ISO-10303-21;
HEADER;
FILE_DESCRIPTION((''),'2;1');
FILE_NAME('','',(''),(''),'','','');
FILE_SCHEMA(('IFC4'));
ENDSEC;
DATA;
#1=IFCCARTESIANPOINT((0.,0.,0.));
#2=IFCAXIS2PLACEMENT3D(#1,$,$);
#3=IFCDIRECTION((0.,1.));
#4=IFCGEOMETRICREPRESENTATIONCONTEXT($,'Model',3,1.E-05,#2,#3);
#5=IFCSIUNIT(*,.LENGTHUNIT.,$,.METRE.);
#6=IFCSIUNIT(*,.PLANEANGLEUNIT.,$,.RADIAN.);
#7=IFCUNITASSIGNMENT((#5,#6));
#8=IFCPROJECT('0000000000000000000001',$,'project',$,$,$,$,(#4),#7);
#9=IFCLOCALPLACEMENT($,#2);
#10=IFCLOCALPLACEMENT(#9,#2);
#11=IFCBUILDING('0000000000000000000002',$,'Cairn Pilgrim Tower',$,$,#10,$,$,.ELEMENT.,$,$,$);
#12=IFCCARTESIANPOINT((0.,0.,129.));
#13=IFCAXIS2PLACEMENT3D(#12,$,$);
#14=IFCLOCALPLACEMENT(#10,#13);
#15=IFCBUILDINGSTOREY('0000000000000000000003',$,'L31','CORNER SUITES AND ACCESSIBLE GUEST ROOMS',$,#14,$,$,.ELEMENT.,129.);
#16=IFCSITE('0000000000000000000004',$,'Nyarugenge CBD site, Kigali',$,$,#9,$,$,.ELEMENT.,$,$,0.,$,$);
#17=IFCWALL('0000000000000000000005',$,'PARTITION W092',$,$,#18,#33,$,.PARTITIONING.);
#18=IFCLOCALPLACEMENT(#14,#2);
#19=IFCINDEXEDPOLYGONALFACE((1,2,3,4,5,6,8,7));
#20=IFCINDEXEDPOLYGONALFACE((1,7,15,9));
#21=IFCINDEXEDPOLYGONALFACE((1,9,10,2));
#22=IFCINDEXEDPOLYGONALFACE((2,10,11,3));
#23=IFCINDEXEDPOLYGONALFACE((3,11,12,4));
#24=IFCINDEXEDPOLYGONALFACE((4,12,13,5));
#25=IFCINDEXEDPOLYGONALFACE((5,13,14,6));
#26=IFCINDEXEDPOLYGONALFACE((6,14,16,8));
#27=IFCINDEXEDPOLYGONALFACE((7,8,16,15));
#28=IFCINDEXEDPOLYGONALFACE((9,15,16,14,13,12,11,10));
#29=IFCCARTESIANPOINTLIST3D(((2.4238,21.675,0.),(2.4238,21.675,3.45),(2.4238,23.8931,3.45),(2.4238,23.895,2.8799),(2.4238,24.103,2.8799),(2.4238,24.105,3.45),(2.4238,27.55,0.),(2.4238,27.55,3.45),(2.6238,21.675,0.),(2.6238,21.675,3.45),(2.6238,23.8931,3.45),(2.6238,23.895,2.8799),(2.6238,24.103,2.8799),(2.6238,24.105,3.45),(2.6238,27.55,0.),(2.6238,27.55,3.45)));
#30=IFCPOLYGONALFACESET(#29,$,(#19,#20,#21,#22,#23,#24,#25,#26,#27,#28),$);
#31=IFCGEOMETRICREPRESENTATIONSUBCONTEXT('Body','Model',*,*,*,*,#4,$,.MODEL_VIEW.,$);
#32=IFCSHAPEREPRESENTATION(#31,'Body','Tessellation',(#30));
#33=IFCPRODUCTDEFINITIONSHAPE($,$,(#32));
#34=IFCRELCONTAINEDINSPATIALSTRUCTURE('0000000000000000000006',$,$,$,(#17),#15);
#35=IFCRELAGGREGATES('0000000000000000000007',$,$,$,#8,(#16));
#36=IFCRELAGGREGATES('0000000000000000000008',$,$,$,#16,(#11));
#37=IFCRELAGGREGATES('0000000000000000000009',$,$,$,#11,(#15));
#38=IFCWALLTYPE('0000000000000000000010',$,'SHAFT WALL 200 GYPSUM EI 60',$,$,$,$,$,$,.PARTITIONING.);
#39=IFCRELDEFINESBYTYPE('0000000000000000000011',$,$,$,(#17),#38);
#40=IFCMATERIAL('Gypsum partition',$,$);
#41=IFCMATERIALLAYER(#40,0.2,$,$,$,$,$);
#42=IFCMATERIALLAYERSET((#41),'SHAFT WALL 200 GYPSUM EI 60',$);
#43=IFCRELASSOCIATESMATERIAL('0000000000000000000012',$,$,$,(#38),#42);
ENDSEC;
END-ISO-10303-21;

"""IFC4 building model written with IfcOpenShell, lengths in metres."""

from ifc_helpers import new_model, si_unit, direction, frame, origin, place, context, subcontext, project, spatial, polyline, outline, extrude, material, layer, layer_set, type_object, element, save


model = new_model("IFC4")

# Units and contexts
model_context = context("Model", 3, precision=1e-05, world=origin(), true_north=direction((0.0, 1.0)))
body_context = subcontext(model_context, "Body", "Model", "MODEL_VIEW")
ifc_project = project(units=[si_unit("LENGTHUNIT", "METRE"), si_unit("PLANEANGLEUNIT", "RADIAN")], contexts=[model_context])

# Site, building, storey
site_placement = place(None, origin())
site = spatial("IfcSite", under=ifc_project, at=site_placement, Name="Nyarugenge CBD site, Kigali", CompositionType="ELEMENT", RefElevation=0.0)
building_placement = place(site_placement, origin())
building = spatial("IfcBuilding", under=site, at=building_placement, Name="Cairn Pilgrim Tower", CompositionType="ELEMENT")
storey_placement = place(building_placement, frame((0.0, 0.0, 129.0)))
storey = spatial("IfcBuildingStorey", under=building, at=storey_placement, Name="L31", Description="CORNER SUITES AND ACCESSIBLE GUEST ROOMS", CompositionType="ELEMENT", Elevation=129.0)

# Shared definitions
ifc_material_1 = material(Name="Gypsum partition")

# Wall
ifc_layer_1 = layer(ifc_material_1, 0.2)
ifc_layer_set_1 = layer_set([ifc_layer_1], Name="SHAFT WALL 200 GYPSUM EI 60")
wall_type_1 = type_object("IfcWallType", Name="SHAFT WALL 200 GYPSUM EI 60", PredefinedType="PARTITIONING", material=ifc_layer_set_1)
wall_1_placement = place(storey_placement, frame((2.5239, 21.675, 0.0), z_axis=(0.0, 0.0, 1.0), x_axis=(0.0, 1.0, 0.0)))
element("IfcWall", 1, at=wall_1_placement, inside=storey, type_object=wall_type_1, Name="PARTITION W092", PredefinedType="PARTITIONING", context=body_context, shape_type="SweptSolid", body=[
    extrude(outline(polyline([(0.0, 0.0), (5.875, 0.0), (5.875, 3.45), (2.4299, 3.45), (2.428, 2.8799), (2.22, 2.8799), (2.218, 3.45), (0.0, 3.45), (0.0, 0.0)])), frame((0.0, 0.1001, 0.0), z_axis=(0.0, -1.0, 0.0), x_axis=(1.0, 0.0, 0.0)), (0.0, 0.0, 1.0), 0.2),
])

save(model, "model.ifc")
